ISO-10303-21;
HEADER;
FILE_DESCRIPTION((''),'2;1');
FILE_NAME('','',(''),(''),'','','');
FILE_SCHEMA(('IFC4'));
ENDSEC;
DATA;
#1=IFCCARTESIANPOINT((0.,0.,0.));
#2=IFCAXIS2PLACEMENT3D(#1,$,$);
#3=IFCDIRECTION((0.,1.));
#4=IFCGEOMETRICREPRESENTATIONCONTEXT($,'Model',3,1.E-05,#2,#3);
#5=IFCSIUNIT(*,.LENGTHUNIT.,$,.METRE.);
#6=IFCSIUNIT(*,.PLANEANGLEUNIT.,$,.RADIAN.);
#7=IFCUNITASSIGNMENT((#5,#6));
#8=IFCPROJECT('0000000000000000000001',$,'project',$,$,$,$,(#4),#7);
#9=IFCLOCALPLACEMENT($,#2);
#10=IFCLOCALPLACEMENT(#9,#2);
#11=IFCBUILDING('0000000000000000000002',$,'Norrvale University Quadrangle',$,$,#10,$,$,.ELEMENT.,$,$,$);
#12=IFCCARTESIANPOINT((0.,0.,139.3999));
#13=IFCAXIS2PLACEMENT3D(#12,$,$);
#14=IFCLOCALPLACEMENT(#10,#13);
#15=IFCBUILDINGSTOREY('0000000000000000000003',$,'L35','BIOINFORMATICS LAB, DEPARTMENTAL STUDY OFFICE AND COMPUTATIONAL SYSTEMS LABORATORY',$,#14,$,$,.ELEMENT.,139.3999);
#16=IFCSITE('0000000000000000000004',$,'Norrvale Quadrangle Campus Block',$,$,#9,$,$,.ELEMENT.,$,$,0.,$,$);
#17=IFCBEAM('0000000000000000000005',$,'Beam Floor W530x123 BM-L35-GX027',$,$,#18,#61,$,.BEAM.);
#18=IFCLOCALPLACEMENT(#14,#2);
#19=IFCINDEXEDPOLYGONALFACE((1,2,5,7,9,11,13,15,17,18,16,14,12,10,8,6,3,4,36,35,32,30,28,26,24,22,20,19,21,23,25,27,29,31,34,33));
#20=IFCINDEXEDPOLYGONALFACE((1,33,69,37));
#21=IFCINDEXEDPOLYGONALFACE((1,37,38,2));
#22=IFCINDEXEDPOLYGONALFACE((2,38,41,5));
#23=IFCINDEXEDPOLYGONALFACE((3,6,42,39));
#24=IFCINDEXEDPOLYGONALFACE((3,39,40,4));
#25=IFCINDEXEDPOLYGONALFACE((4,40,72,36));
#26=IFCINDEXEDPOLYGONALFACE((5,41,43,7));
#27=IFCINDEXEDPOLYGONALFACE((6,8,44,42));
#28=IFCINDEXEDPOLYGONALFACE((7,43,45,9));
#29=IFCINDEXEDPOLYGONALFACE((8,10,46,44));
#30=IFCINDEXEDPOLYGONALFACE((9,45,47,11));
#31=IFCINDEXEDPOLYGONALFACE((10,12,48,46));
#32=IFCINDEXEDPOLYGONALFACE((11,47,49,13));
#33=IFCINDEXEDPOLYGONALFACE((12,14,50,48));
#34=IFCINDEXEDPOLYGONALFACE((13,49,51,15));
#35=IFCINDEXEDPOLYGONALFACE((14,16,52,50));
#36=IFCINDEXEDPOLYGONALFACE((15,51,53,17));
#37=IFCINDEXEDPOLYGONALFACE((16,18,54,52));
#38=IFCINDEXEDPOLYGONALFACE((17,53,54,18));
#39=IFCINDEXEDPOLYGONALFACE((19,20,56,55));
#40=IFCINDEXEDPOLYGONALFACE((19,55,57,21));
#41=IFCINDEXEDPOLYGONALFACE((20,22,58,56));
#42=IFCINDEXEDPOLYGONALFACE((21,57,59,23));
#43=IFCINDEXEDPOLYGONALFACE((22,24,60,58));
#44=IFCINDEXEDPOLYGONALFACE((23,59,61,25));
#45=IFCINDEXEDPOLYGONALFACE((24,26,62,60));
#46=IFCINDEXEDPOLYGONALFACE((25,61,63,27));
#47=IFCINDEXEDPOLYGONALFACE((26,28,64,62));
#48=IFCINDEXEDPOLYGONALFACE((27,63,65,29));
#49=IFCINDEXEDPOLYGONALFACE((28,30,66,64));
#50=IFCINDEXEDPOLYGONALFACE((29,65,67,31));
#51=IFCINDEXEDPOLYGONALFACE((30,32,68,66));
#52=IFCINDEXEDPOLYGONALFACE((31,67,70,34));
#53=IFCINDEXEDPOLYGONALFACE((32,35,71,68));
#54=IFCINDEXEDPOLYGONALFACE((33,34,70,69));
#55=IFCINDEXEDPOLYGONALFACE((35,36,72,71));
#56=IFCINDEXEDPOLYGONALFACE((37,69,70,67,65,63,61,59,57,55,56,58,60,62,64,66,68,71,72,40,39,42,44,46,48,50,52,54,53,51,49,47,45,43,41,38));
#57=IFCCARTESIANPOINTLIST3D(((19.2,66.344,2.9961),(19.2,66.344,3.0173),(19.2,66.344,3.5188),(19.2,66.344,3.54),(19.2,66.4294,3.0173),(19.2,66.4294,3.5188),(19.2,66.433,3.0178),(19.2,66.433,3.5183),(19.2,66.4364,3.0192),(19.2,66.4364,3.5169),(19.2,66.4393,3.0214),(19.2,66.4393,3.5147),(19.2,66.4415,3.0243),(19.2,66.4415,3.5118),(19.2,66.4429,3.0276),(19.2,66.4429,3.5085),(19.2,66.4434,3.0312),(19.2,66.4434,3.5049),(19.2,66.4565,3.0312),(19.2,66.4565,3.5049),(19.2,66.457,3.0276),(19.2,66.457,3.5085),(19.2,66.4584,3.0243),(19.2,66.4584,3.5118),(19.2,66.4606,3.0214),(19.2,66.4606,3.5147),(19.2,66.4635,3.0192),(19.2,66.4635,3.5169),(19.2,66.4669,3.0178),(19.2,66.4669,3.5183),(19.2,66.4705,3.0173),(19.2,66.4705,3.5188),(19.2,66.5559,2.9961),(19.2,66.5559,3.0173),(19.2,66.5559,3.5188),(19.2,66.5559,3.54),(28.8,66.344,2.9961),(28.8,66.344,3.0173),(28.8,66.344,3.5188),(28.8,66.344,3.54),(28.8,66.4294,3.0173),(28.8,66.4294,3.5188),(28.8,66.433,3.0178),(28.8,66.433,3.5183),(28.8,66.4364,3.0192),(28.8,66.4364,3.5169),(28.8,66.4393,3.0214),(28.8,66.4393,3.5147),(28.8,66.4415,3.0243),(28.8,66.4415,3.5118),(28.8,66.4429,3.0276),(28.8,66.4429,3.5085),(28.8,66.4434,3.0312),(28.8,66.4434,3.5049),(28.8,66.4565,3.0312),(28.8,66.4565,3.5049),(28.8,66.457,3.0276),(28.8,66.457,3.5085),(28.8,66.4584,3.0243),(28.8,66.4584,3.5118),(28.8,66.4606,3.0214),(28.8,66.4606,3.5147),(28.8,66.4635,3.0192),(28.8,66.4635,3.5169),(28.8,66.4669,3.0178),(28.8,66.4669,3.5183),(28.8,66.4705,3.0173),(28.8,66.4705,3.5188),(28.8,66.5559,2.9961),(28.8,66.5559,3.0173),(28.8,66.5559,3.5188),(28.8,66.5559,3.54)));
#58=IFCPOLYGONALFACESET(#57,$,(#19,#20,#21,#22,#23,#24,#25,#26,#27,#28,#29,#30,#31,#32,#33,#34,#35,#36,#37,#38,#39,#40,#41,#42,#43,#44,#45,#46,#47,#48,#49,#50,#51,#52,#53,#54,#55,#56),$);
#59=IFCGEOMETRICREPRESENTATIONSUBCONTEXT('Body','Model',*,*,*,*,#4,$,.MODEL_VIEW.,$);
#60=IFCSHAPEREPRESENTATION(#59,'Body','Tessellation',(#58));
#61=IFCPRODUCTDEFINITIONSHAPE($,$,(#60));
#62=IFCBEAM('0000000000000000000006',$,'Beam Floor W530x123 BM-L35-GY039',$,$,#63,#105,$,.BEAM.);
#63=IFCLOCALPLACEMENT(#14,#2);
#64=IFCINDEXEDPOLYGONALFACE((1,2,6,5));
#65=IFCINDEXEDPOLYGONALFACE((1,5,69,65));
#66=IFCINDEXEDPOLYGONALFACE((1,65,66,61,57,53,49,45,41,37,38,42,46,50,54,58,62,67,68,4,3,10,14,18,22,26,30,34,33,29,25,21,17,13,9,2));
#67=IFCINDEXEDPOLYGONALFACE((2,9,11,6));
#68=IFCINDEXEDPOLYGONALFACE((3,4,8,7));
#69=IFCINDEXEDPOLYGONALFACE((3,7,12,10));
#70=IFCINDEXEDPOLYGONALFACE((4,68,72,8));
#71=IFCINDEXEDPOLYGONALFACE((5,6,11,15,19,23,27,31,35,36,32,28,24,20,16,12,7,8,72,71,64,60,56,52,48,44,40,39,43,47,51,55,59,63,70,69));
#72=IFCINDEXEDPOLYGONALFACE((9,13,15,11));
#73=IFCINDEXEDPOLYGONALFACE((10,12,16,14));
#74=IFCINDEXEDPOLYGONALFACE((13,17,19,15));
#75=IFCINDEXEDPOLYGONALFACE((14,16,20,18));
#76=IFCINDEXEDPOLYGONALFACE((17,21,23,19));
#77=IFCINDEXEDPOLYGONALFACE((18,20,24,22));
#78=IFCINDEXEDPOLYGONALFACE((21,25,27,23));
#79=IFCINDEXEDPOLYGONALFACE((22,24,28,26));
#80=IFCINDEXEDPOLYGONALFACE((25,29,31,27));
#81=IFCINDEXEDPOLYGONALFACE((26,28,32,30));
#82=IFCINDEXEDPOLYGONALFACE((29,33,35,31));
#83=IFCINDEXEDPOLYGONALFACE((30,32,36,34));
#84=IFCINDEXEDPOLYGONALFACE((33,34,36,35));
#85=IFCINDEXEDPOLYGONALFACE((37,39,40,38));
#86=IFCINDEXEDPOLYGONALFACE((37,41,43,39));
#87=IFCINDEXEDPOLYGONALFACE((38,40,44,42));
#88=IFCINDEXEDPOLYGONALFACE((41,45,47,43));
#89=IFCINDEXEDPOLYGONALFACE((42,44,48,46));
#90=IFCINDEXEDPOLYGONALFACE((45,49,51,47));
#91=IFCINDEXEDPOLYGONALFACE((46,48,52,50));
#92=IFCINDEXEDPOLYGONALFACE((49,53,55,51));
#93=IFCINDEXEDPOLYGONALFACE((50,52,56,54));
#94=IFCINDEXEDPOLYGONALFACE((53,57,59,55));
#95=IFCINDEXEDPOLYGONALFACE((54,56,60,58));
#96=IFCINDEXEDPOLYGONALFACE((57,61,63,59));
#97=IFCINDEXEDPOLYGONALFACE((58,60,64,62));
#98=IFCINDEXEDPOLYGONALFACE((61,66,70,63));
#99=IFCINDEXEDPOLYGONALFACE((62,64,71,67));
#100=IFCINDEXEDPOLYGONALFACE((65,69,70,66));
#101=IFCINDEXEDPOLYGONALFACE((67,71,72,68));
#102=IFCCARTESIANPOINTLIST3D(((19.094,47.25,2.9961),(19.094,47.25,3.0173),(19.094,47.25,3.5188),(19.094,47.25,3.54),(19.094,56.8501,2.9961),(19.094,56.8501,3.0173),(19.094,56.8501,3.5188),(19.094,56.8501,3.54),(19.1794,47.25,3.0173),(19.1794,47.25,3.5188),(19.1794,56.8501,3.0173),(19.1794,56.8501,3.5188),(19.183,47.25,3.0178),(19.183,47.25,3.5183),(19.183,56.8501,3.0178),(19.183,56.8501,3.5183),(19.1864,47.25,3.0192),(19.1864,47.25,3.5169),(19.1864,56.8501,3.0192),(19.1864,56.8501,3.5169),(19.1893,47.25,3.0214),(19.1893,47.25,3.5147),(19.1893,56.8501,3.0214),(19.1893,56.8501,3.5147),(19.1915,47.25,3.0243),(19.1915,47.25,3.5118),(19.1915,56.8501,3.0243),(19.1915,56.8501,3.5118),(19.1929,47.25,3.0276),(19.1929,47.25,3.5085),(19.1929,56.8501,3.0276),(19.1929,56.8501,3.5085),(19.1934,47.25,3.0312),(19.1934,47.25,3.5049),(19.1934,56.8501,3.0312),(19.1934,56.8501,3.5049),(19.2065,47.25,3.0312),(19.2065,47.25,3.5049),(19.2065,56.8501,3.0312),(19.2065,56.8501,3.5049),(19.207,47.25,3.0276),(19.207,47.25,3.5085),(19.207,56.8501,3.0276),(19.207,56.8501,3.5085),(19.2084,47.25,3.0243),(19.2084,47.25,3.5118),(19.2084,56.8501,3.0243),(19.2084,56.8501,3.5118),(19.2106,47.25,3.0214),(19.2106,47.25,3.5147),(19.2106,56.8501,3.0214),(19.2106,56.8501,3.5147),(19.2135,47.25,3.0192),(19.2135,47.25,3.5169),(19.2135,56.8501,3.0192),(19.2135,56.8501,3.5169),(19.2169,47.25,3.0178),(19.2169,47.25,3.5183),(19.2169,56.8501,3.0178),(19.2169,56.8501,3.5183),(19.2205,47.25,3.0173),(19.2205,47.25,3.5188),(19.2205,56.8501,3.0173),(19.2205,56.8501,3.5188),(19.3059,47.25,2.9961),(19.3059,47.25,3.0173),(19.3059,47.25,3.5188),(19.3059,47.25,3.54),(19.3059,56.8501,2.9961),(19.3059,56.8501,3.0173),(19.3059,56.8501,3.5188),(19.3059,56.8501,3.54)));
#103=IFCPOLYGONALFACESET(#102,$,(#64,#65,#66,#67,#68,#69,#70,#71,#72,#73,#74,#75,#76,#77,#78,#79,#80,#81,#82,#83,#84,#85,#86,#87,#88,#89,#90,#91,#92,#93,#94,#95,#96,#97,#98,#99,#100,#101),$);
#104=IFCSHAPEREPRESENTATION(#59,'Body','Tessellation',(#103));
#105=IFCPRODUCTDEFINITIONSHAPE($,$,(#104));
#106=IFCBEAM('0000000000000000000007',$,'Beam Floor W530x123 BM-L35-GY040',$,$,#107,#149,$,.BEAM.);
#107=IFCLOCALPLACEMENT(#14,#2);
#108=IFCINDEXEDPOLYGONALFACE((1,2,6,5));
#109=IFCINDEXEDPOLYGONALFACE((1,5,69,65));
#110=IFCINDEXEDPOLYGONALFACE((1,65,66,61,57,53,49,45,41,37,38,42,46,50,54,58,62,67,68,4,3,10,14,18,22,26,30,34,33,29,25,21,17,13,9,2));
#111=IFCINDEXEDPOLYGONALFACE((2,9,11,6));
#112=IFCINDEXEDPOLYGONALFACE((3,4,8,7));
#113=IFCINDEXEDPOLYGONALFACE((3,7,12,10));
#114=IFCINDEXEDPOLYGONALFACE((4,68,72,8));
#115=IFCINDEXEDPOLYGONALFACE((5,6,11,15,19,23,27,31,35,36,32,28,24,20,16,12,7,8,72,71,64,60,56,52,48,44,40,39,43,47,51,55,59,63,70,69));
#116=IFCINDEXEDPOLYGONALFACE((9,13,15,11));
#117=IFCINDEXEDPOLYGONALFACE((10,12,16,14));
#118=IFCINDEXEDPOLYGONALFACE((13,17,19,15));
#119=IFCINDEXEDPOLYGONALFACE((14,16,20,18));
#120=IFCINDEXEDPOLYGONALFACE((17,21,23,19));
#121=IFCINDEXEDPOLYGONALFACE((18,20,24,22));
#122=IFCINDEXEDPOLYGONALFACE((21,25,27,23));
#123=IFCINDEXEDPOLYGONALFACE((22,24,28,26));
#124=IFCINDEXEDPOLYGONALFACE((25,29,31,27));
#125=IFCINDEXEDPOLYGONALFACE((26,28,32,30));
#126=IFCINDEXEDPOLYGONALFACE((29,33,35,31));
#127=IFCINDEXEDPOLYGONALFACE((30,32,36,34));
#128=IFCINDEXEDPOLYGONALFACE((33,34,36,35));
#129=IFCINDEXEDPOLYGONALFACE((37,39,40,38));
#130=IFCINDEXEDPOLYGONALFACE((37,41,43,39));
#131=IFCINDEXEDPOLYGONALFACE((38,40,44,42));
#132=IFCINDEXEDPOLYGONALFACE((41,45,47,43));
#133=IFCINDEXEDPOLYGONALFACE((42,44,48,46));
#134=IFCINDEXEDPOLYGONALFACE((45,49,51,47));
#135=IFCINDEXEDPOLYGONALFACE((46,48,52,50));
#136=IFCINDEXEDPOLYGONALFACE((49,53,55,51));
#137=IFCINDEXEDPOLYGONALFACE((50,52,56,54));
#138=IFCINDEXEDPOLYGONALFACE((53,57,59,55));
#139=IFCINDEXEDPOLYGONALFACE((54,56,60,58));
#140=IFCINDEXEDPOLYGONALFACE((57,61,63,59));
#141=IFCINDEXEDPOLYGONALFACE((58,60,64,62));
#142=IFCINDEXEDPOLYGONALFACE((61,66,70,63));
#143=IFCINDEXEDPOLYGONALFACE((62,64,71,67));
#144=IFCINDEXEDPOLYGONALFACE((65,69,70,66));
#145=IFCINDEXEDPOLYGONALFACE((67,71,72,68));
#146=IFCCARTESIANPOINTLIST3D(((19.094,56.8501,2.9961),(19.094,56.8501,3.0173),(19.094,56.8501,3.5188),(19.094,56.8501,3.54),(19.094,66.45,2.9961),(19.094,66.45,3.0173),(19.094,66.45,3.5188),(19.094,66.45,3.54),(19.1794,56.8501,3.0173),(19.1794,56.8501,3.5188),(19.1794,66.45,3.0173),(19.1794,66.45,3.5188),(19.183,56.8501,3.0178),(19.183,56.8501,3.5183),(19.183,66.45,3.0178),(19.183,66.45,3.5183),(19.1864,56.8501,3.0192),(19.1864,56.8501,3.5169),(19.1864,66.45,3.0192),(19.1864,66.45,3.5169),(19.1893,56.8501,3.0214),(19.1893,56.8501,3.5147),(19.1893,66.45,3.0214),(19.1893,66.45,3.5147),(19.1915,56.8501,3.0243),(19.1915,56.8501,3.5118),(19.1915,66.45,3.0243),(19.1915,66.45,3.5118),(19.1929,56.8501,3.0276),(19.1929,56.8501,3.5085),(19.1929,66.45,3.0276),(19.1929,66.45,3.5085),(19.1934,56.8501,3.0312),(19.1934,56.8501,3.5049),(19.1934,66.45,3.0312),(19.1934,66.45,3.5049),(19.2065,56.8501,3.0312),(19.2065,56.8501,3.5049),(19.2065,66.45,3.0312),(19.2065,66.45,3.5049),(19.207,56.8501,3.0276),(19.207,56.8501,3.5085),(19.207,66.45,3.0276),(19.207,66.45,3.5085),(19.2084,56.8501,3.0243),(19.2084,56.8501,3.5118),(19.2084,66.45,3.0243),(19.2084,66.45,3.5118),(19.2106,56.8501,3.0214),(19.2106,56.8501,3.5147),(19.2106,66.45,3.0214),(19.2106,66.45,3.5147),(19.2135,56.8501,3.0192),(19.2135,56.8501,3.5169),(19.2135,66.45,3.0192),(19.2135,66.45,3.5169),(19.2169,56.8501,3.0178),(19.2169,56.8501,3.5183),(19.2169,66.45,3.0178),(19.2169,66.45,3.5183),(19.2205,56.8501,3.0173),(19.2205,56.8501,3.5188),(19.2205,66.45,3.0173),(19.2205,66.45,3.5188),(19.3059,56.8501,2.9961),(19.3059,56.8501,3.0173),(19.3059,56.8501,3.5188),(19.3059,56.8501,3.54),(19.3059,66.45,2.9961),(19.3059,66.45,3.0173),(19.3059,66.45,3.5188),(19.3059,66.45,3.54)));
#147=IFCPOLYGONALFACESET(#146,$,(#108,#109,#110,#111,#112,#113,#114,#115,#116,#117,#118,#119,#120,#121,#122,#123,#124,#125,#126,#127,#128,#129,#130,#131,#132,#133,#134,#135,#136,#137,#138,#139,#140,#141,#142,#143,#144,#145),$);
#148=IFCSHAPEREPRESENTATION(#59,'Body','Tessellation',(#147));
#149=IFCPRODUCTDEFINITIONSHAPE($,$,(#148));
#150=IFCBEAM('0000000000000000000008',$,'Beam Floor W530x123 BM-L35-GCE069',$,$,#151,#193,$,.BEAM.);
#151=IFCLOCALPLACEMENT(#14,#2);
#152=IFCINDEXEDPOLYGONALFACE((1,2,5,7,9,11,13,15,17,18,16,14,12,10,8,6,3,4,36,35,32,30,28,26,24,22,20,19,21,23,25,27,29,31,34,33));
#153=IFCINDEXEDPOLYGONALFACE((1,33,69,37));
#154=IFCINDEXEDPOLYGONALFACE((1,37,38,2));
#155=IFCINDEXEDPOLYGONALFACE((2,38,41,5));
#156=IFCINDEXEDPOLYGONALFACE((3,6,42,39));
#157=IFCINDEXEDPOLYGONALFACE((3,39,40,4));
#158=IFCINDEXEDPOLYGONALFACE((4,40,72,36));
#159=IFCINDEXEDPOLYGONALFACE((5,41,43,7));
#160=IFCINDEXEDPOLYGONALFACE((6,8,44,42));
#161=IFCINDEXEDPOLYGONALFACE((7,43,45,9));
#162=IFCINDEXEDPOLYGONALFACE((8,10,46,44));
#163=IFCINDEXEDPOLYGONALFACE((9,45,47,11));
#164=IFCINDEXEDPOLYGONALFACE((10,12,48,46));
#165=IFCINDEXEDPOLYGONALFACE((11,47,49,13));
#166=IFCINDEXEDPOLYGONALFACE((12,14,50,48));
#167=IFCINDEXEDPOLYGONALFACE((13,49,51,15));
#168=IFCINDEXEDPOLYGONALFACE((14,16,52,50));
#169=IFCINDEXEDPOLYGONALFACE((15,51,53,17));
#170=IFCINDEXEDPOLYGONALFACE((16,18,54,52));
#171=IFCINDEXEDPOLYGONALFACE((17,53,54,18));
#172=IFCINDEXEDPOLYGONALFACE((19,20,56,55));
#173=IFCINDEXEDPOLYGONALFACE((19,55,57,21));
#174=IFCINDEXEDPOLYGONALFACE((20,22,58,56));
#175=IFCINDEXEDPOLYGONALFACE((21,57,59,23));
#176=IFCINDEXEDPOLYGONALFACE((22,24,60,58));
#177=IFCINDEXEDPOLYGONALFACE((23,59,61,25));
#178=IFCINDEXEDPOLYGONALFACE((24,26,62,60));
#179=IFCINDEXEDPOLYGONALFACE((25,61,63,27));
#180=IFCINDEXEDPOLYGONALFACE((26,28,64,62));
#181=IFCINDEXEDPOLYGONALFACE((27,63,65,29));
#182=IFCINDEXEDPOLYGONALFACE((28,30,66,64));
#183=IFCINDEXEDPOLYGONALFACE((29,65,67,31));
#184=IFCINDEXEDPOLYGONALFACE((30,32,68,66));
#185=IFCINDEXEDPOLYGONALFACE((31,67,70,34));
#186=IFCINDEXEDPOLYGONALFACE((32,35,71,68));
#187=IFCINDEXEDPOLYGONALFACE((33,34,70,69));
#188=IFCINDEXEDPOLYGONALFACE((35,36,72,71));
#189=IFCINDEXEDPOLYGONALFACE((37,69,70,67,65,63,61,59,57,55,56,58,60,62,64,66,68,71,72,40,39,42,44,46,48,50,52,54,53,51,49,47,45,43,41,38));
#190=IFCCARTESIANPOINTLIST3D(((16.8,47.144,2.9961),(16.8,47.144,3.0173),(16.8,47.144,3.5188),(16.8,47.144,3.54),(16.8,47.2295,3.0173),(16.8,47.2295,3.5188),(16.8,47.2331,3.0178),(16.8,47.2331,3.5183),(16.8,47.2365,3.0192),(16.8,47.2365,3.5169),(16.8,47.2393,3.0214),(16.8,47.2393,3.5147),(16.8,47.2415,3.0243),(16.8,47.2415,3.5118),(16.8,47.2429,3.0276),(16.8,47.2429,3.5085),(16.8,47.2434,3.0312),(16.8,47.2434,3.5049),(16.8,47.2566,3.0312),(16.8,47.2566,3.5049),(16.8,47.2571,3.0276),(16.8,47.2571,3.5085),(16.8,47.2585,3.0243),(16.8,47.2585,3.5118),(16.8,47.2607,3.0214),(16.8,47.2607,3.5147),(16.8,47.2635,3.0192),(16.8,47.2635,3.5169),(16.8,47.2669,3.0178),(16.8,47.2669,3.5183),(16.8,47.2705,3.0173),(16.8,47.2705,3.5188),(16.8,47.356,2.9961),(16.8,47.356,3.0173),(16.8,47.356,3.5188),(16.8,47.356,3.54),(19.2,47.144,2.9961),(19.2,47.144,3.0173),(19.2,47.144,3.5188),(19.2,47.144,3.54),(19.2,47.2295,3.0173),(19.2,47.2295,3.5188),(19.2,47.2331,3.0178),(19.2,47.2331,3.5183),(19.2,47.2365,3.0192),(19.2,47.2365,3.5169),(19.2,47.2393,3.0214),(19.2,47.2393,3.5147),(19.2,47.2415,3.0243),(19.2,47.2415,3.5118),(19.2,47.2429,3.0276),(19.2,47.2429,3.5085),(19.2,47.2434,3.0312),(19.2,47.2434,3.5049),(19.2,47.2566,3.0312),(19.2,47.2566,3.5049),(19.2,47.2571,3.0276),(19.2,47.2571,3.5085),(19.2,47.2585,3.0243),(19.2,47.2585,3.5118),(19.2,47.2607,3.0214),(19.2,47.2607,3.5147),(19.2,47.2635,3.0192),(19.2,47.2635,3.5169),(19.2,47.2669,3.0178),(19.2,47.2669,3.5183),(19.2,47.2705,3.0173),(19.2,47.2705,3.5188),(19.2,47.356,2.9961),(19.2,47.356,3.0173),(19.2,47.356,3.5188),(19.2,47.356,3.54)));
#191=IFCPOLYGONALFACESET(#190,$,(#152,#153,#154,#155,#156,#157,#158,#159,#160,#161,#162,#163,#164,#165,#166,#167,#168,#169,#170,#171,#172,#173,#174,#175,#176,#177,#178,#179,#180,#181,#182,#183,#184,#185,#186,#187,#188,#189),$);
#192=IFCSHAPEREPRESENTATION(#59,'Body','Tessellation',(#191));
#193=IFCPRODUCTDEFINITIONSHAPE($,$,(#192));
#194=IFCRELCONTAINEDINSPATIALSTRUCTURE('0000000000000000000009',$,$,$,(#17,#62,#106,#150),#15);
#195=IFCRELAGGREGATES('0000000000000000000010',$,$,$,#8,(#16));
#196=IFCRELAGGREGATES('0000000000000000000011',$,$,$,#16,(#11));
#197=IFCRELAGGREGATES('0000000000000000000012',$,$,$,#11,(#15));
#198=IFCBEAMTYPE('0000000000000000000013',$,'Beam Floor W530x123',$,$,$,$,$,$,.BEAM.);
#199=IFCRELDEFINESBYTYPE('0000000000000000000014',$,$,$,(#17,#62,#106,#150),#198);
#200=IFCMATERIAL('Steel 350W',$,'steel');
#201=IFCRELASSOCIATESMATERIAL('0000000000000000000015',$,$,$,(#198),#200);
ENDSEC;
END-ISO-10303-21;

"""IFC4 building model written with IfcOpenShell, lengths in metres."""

from ifc_helpers import new_model, si_unit, direction, frame, origin, origin_2d, place, context, subcontext, project, spatial, i_section, extrude, material, material_profile, profile_set, type_object, element, save


model = new_model("IFC4")

# Units and contexts
model_context = context("Model", 3, precision=1e-05, world=origin(), true_north=direction((0.0, 1.0)))
body_context = subcontext(model_context, "Body", "Model", "MODEL_VIEW")
ifc_project = project(units=[si_unit("LENGTHUNIT", "METRE"), si_unit("PLANEANGLEUNIT", "RADIAN")], contexts=[model_context])

# Site, building, storey
site_placement = place(None, origin())
site = spatial("IfcSite", under=ifc_project, at=site_placement, Name="Norrvale Quadrangle Campus Block", CompositionType="ELEMENT", RefElevation=0.0)
building_placement = place(site_placement, origin())
building = spatial("IfcBuilding", under=site, at=building_placement, Name="Norrvale University Quadrangle", CompositionType="ELEMENT")
storey_placement = place(building_placement, frame((0.0, 0.0, 139.3999)))
storey = spatial("IfcBuildingStorey", under=building, at=storey_placement, Name="L35", Description="BIOINFORMATICS LAB, DEPARTMENTAL STUDY OFFICE AND COMPUTATIONAL SYSTEMS LABORATORY", CompositionType="ELEMENT", Elevation=139.3999)

# Beams
ifc_material_1 = material(Name="Steel 350W", Category="steel")
ifc_material_profile_1 = material_profile(ifc_material_1, i_section(OverallWidth=0.2119, OverallDepth=0.5439, WebThickness=0.0132, FlangeThickness=0.0212, FilletRadius=0.0139, at=origin_2d()), Name="Steel 350W")
ifc_profile_set_1 = profile_set([ifc_material_profile_1], Name="Steel 350W")
beam_type_1 = type_object("IfcBeamType", Name="Beam Floor W530x123", PredefinedType="BEAM", material=ifc_profile_set_1)
for number, where, z_axis, x_axis, name in (
    (1, (19.2, 66.45, 3.2681), (1.0, 0.0, 0.0), (0.0, 1.0, 0.0), "Beam Floor W530x123 BM-L35-GX027"),
    (2, (19.2, 47.25, 3.2681), (0.0, 1.0, 0.0), (-1.0, 0.0, 0.0), "Beam Floor W530x123 BM-L35-GY039"),
):
    element("IfcBeam", number, at=place(storey_placement, frame(where, z_axis=z_axis, x_axis=x_axis)), inside=storey, type_object=beam_type_1, Name=name, PredefinedType="BEAM", context=body_context, shape_type="SweptSolid", body=[
        extrude(i_section(OverallWidth=0.2119, OverallDepth=0.5439, WebThickness=0.0132, FlangeThickness=0.0212, FilletRadius=0.0139, at=origin_2d()), origin(), (0.0, 0.0, 1.0), 9.6001),
    ])
beam_1_placement = place(storey_placement, frame((19.2, 56.8501, 3.2681), z_axis=(0.0, 1.0, 0.0), x_axis=(-1.0, 0.0, 0.0)))
element("IfcBeam", 3, at=beam_1_placement, inside=storey, type_object=beam_type_1, Name="Beam Floor W530x123 BM-L35-GY040", PredefinedType="BEAM", context=body_context, shape_type="SweptSolid", body=[
    extrude(i_section(OverallWidth=0.2119, OverallDepth=0.5439, WebThickness=0.0132, FlangeThickness=0.0212, FilletRadius=0.0139, at=origin_2d()), origin(), (0.0, 0.0, 1.0), 9.5999),
])
beam_2_placement = place(storey_placement, frame((16.8, 47.25, 3.2681), z_axis=(1.0, 0.0, 0.0), x_axis=(0.0, 1.0, 0.0)))
element("IfcBeam", 4, at=beam_2_placement, inside=storey, type_object=beam_type_1, Name="Beam Floor W530x123 BM-L35-GCE069", PredefinedType="BEAM", context=body_context, shape_type="SweptSolid", body=[
    extrude(i_section(OverallWidth=0.2119, OverallDepth=0.5439, WebThickness=0.0132, FlangeThickness=0.0212, FilletRadius=0.0139, at=origin_2d()), origin(), (0.0, 0.0, 1.0), 2.3999),
])

save(model, "model.ifc")
